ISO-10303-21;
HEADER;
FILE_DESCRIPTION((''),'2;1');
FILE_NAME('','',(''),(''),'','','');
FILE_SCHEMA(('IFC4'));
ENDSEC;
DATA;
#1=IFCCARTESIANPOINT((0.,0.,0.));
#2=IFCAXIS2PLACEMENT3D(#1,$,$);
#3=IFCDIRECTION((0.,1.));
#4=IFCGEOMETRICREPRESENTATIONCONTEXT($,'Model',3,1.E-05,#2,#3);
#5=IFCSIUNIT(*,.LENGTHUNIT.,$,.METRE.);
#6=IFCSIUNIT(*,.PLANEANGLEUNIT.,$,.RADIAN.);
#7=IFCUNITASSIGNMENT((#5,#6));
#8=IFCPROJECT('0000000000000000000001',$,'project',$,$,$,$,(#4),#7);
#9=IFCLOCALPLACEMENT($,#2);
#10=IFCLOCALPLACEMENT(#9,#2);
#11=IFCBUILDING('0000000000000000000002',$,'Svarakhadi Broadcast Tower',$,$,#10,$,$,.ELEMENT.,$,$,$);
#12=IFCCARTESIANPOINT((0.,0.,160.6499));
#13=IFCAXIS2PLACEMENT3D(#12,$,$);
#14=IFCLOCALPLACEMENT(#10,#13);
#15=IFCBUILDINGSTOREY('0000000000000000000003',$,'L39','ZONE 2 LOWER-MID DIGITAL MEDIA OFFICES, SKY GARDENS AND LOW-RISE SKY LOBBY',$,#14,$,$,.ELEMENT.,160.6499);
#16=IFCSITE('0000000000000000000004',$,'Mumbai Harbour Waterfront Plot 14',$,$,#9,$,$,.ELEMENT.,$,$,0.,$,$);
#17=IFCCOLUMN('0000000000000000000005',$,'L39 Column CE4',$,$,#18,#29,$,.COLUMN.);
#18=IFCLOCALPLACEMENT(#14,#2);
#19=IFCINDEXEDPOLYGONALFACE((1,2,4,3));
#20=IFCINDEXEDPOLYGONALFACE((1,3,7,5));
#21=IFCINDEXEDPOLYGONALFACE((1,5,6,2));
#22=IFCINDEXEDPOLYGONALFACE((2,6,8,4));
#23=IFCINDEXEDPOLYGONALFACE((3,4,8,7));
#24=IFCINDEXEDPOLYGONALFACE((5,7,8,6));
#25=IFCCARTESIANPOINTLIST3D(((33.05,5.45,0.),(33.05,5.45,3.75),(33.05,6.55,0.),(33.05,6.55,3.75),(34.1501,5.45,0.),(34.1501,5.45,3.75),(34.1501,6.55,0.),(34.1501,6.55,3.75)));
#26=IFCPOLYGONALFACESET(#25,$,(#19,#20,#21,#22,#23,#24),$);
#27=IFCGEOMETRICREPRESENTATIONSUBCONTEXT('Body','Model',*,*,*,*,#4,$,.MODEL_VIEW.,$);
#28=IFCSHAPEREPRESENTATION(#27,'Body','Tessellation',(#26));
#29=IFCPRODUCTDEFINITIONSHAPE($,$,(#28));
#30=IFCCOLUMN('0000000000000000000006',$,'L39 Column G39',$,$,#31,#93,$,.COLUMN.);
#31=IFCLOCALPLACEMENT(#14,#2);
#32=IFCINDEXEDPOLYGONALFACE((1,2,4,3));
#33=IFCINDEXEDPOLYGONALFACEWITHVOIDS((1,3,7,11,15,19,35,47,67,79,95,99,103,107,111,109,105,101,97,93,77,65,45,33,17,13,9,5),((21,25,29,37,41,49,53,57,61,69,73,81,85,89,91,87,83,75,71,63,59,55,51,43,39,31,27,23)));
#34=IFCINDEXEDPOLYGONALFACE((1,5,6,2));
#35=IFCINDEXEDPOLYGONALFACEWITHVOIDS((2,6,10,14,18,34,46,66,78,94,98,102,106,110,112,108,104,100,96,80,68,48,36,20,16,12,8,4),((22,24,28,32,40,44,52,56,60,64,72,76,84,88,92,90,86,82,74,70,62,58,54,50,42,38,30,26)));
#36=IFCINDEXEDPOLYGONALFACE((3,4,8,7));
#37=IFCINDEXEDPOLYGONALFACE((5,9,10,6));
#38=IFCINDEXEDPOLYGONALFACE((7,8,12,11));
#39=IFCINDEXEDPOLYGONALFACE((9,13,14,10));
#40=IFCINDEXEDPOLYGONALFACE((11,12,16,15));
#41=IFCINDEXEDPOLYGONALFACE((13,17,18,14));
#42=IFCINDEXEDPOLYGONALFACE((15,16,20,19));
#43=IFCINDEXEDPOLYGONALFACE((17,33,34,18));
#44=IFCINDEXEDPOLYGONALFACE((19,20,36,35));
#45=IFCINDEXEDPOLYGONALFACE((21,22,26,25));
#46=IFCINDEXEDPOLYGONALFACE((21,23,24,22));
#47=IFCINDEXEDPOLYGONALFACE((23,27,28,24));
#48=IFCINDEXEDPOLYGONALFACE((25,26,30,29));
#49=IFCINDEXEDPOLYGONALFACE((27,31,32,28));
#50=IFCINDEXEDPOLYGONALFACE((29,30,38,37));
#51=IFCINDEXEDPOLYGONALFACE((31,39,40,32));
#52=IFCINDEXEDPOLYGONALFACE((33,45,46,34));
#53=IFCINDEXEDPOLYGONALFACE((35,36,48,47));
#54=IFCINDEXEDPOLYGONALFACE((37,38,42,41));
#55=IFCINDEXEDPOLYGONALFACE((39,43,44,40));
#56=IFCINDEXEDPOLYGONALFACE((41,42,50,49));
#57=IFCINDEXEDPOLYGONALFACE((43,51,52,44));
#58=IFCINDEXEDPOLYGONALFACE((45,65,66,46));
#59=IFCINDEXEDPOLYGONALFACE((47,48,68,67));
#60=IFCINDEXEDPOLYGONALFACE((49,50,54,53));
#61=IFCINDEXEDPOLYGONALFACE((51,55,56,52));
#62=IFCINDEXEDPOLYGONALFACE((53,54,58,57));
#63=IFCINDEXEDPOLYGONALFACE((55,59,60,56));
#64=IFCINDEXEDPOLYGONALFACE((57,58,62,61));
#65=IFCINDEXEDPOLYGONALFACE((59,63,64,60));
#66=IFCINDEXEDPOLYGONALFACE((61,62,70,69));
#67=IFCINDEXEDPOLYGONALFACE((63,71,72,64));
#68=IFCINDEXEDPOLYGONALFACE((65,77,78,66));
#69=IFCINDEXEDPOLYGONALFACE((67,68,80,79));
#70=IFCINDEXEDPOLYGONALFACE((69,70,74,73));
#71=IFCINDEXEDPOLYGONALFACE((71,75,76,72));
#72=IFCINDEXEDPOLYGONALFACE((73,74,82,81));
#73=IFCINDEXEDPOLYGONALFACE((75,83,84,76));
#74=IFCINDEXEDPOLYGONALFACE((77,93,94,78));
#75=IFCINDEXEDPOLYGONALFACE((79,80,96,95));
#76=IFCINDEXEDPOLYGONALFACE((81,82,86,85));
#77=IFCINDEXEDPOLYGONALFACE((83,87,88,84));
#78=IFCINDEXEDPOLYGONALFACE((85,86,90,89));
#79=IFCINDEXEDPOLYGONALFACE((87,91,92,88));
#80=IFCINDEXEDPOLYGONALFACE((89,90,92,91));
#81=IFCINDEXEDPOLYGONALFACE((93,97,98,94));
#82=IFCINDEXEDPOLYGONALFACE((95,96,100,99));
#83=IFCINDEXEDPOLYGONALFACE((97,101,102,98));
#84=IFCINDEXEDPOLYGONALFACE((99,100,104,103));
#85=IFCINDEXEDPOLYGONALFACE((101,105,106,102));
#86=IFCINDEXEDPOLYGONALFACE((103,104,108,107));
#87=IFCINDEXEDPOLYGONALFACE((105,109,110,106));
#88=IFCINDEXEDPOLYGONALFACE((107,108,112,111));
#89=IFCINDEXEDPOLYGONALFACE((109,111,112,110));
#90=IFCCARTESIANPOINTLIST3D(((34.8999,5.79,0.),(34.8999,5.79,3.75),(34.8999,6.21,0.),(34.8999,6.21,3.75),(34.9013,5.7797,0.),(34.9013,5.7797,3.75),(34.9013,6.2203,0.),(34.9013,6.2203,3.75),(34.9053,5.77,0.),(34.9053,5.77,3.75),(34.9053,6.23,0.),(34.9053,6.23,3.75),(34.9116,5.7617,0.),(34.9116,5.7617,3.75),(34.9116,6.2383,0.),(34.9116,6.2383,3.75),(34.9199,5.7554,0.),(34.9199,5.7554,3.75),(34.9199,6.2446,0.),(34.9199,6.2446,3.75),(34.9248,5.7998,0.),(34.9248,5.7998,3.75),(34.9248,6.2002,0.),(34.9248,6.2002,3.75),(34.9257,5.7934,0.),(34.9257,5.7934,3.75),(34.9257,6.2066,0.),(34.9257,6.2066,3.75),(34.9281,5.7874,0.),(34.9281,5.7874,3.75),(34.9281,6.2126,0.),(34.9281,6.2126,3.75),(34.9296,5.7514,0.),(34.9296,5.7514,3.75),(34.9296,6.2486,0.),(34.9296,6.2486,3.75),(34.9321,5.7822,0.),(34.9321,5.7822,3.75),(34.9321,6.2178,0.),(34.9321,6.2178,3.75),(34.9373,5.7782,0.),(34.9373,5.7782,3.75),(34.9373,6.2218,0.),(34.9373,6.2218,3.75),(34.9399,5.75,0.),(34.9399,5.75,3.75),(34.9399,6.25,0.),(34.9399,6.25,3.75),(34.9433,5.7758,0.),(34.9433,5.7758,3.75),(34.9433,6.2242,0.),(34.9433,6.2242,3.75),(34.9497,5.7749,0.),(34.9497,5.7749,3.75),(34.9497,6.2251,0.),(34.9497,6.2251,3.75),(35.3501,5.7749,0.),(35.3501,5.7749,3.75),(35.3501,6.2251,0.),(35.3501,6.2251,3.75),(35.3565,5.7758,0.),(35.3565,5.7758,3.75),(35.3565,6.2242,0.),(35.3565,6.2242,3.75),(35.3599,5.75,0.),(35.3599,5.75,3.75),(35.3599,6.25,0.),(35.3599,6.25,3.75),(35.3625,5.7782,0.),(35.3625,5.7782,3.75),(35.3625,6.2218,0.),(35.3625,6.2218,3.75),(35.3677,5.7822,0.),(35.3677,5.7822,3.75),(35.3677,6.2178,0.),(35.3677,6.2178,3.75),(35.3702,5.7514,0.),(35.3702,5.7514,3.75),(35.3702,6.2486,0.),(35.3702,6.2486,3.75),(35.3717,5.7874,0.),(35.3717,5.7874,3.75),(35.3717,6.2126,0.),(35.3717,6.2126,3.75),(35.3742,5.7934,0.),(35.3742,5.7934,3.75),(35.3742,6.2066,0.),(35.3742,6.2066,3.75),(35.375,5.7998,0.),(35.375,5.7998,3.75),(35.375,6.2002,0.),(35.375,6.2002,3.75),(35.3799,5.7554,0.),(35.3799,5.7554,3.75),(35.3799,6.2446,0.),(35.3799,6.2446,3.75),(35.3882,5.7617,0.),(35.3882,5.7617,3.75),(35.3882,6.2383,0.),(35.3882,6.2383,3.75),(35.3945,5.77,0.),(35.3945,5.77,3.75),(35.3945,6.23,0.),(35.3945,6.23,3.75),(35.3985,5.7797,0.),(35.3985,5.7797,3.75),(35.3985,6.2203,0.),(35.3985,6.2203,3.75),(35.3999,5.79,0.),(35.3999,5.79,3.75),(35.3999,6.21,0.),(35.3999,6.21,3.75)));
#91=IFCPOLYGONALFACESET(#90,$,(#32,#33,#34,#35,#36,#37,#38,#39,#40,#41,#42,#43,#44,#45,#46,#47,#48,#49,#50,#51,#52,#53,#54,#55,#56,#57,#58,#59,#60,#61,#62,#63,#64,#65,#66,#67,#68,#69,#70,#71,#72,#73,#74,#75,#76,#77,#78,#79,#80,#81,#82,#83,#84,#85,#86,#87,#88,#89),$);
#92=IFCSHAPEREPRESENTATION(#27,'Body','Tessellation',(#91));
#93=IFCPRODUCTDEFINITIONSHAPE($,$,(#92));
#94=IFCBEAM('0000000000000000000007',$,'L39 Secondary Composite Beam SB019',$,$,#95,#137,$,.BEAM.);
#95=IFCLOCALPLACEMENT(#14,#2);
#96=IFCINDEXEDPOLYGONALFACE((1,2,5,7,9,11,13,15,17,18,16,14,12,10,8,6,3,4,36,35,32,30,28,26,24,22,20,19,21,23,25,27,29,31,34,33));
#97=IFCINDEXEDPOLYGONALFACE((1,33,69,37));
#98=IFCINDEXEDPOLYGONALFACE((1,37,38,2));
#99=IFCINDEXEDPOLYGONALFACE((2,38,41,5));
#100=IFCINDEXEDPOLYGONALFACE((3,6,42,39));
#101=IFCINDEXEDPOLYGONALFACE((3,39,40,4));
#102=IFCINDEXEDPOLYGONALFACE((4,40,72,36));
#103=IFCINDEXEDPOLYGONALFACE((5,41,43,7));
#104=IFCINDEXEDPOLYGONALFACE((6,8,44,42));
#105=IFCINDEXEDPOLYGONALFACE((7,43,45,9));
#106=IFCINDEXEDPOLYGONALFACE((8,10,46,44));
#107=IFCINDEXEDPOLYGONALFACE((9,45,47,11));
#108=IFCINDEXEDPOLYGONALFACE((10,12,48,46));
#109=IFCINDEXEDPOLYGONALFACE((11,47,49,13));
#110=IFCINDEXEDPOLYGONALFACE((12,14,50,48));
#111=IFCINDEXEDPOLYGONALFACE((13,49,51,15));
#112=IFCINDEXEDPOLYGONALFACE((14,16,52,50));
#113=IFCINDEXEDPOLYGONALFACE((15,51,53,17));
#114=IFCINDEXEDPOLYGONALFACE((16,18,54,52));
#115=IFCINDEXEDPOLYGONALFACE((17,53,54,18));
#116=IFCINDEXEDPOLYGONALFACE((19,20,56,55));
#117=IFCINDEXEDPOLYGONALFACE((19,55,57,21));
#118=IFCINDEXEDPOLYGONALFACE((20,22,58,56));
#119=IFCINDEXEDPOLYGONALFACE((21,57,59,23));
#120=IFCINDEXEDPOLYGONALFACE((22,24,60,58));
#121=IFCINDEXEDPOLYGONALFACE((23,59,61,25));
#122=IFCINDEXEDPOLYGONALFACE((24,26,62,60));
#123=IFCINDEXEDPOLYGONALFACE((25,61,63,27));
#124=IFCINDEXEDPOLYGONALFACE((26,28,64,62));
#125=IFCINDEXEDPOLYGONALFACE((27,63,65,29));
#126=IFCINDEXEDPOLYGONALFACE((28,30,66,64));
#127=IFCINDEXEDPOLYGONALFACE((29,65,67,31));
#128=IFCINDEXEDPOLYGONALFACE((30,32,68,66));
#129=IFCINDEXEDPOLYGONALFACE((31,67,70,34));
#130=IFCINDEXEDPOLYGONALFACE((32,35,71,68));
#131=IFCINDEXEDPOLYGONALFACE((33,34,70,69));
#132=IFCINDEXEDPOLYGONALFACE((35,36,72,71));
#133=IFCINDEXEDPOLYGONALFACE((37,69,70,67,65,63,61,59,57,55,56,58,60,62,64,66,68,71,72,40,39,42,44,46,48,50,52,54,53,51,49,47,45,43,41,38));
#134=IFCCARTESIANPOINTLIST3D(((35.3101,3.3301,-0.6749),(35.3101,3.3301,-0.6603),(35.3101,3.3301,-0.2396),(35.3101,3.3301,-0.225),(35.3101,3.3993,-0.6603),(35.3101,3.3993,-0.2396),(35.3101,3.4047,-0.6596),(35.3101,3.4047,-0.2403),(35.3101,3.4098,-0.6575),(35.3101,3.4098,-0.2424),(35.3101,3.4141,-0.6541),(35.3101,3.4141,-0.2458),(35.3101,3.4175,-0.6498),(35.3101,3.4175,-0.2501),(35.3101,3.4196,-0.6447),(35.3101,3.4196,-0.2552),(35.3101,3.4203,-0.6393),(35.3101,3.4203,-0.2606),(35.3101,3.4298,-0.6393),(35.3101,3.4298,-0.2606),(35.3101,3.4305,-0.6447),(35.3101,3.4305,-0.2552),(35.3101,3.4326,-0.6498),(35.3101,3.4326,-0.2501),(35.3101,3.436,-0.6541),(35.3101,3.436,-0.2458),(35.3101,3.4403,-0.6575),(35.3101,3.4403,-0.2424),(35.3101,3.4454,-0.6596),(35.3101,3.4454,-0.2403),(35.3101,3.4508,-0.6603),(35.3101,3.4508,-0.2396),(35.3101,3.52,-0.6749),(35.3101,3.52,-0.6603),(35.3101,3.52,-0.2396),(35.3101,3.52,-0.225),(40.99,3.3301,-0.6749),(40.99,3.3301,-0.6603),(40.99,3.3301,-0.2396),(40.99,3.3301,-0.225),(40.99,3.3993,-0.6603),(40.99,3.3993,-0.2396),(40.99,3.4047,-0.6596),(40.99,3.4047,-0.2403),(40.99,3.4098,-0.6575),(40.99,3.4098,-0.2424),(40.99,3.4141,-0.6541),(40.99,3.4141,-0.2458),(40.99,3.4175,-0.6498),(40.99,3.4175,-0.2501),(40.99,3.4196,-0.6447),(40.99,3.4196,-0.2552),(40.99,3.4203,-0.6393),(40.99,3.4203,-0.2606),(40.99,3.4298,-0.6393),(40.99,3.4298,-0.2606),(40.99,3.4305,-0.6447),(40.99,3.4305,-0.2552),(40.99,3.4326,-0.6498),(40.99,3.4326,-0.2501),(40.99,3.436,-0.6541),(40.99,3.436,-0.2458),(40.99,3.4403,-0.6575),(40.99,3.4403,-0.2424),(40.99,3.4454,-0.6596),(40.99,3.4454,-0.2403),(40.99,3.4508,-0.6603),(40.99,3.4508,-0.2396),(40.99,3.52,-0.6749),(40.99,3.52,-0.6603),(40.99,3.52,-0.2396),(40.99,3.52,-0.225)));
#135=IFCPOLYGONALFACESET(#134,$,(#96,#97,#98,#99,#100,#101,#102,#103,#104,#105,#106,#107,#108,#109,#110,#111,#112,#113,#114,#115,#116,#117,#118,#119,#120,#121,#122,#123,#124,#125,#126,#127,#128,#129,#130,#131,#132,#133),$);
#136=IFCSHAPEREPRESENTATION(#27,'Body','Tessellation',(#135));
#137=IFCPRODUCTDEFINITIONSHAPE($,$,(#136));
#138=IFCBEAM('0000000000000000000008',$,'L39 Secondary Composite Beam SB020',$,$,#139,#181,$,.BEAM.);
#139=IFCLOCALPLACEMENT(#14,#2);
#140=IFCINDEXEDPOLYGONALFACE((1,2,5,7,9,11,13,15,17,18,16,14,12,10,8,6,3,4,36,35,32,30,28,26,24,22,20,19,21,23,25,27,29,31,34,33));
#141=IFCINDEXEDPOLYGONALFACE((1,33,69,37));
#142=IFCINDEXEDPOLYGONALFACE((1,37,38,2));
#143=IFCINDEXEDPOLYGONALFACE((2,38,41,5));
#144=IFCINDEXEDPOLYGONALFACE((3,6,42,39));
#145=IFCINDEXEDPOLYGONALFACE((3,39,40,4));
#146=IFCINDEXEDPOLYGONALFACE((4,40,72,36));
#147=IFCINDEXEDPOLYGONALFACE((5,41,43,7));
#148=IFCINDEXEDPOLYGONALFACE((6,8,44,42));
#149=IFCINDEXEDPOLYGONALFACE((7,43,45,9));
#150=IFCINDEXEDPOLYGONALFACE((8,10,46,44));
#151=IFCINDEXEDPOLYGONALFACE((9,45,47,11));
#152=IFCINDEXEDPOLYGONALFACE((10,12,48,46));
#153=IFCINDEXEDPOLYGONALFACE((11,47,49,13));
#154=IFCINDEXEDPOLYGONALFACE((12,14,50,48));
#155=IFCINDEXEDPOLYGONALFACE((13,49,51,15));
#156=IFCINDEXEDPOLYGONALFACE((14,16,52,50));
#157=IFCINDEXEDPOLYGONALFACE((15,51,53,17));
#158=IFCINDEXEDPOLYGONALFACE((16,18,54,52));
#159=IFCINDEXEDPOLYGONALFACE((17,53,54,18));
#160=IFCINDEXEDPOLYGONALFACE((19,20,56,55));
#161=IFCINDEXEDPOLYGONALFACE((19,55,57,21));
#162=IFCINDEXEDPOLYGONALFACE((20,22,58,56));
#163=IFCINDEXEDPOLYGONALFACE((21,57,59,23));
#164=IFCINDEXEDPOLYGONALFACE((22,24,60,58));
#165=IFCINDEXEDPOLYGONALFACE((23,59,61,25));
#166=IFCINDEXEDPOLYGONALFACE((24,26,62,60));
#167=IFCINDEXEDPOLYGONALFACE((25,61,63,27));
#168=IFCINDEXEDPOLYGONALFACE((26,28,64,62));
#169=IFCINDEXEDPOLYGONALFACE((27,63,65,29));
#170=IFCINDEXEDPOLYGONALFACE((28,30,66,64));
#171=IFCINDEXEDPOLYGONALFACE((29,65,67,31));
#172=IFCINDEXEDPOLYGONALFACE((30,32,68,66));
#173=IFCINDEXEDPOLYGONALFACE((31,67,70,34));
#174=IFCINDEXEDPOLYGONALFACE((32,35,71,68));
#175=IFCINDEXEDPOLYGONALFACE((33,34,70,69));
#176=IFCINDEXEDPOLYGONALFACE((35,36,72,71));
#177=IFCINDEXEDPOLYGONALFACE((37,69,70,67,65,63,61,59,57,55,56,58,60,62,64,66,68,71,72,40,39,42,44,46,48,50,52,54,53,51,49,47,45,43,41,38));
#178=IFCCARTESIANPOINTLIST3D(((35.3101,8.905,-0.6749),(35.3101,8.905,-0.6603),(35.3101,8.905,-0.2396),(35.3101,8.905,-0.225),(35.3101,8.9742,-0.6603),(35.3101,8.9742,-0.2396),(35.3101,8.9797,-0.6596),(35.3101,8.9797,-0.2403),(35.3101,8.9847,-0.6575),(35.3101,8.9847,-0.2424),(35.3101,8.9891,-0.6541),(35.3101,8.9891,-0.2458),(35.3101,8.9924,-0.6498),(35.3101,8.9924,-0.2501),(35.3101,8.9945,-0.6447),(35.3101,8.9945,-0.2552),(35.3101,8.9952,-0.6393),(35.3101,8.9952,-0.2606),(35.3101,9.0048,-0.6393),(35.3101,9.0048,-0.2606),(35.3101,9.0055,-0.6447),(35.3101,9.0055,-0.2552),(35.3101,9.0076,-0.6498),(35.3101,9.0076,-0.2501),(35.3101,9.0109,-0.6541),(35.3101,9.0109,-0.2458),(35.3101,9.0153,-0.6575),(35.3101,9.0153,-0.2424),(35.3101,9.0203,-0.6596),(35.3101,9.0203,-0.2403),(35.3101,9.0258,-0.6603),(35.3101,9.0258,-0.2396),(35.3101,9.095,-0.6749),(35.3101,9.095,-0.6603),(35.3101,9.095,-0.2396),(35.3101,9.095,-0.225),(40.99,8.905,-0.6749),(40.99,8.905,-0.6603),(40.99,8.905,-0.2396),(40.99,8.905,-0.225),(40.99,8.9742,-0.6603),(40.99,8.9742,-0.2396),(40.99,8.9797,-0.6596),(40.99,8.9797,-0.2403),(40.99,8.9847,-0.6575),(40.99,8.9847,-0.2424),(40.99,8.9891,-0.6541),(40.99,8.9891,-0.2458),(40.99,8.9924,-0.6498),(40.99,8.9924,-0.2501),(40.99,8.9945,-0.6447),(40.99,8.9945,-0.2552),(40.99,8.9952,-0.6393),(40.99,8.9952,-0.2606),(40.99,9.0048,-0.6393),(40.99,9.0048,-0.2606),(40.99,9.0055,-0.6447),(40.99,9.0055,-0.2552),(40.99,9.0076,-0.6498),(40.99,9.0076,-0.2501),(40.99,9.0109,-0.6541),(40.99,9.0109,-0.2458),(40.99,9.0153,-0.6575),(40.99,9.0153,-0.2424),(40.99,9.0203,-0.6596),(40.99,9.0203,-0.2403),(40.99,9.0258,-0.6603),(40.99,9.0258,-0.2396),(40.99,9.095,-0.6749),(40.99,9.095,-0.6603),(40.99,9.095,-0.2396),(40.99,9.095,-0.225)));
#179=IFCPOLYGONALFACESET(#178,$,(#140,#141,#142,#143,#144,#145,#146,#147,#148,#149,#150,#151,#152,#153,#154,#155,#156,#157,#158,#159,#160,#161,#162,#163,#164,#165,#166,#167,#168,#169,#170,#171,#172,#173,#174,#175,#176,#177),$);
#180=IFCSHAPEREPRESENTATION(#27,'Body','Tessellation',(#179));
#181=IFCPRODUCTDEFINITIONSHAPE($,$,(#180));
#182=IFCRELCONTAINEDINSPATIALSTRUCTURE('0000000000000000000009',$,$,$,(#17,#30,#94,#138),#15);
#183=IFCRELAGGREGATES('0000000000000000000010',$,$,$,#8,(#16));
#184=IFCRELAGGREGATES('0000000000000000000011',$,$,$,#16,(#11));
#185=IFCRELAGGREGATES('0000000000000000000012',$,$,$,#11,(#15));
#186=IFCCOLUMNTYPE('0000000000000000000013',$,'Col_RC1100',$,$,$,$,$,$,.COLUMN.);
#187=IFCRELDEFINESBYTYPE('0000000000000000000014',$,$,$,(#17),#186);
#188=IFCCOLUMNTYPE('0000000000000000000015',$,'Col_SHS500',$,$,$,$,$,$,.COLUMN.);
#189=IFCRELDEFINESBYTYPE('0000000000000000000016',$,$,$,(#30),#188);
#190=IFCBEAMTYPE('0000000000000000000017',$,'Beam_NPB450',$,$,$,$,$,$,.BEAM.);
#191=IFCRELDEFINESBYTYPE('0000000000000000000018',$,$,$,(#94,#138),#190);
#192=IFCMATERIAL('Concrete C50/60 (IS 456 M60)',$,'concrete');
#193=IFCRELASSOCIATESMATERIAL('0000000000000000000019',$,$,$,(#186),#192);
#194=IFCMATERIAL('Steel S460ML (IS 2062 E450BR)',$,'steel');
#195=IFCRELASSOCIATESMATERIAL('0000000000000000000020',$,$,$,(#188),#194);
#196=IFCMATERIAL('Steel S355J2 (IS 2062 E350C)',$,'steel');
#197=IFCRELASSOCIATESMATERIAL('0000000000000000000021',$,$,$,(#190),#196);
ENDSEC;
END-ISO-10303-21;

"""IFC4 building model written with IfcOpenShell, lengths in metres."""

from ifc_helpers import new_model, si_unit, direction, frame, origin, origin_2d, place, context, subcontext, project, spatial, rectangle, hollow_rectangle, i_section, extrude, material, material_profile, profile_set, type_object, element, save


model = new_model("IFC4")

# Units and contexts
model_context = context("Model", 3, precision=1e-05, world=origin(), true_north=direction((0.0, 1.0)))
body_context = subcontext(model_context, "Body", "Model", "MODEL_VIEW")
ifc_project = project(units=[si_unit("LENGTHUNIT", "METRE"), si_unit("PLANEANGLEUNIT", "RADIAN")], contexts=[model_context])

# Site, building, storey
site_placement = place(None, origin())
site = spatial("IfcSite", under=ifc_project, at=site_placement, Name="Mumbai Harbour Waterfront Plot 14", CompositionType="ELEMENT", RefElevation=0.0)
building_placement = place(site_placement, origin())
building = spatial("IfcBuilding", under=site, at=building_placement, Name="Svarakhadi Broadcast Tower", CompositionType="ELEMENT")
storey_placement = place(building_placement, frame((0.0, 0.0, 160.6499)))
storey = spatial("IfcBuildingStorey", under=building, at=storey_placement, Name="L39", Description="ZONE 2 LOWER-MID DIGITAL MEDIA OFFICES, SKY GARDENS AND LOW-RISE SKY LOBBY", CompositionType="ELEMENT", Elevation=160.6499)

# Columns
ifc_material_1 = material(Name="Concrete C50/60 (IS 456 M60)", Category="concrete")
ifc_material_profile_1 = material_profile(ifc_material_1, rectangle(XDim=1.1001, YDim=1.1001, at=origin_2d()), Name="RC 1100x1100")
ifc_profile_set_1 = profile_set([ifc_material_profile_1], Name="Concrete C50/60 (IS 456 M60)")
column_type_1 = type_object("IfcColumnType", Name="Col_RC1100", PredefinedType="COLUMN", material=ifc_profile_set_1)
column_1_placement = place(storey_placement, frame((33.6001, 6.0, 0.0), z_axis=(0.0, 0.0, 1.0), x_axis=(1.0, 0.0, 0.0)))
element("IfcColumn", 1, at=column_1_placement, inside=storey, type_object=column_type_1, Name="L39 Column CE4", PredefinedType="COLUMN", context=body_context, shape_type="SweptSolid", body=[
    extrude(rectangle(XDim=1.1001, YDim=1.1001, at=origin_2d()), origin(), (0.0, 0.0, 1.0), 3.75),
])
ifc_material_2 = material(Name="Steel S460ML (IS 2062 E450BR)", Category="steel")
ifc_material_profile_2 = material_profile(ifc_material_2, hollow_rectangle(XDim=0.5, YDim=0.5, WallThickness=0.0249, InnerFilletRadius=0.0249, OuterFilletRadius=0.04, at=origin_2d()), Name="SHS 500x500x25")
ifc_profile_set_2 = profile_set([ifc_material_profile_2], Name="Steel S460ML (IS 2062 E450BR)")
column_type_2 = type_object("IfcColumnType", Name="Col_SHS500", PredefinedType="COLUMN", material=ifc_profile_set_2)
column_2_placement = place(storey_placement, frame((35.1499, 6.0, 0.0), z_axis=(0.0, 0.0, 1.0), x_axis=(1.0, 0.0, 0.0)))
element("IfcColumn", 2, at=column_2_placement, inside=storey, type_object=column_type_2, Name="L39 Column G39", PredefinedType="COLUMN", context=body_context, shape_type="SweptSolid", body=[
    extrude(hollow_rectangle(XDim=0.5, YDim=0.5, WallThickness=0.0249, InnerFilletRadius=0.0249, OuterFilletRadius=0.04, at=origin_2d()), origin(), (0.0, 0.0, 1.0), 3.75),
])

# Beams
ifc_material_3 = material(Name="Steel S355J2 (IS 2062 E350C)", Category="steel")
ifc_material_profile_3 = material_profile(ifc_material_3, i_section(OverallWidth=0.1899, OverallDepth=0.45, WebThickness=0.0095, FlangeThickness=0.0146, FilletRadius=0.021, at=origin_2d()), Name="NPB 450x190x78")
ifc_profile_set_3 = profile_set([ifc_material_profile_3], Name="Steel S355J2 (IS 2062 E350C)")
beam_type_1 = type_object("IfcBeamType", Name="Beam_NPB450", PredefinedType="BEAM", material=ifc_profile_set_3)
for number, where, z_axis, x_axis, name in (
    (3, (35.3101, 3.425, -0.45), (1.0, 0.0, 0.0), (0.0, 1.0, 0.0), "L39 Secondary Composite Beam SB019"),
    (4, (35.3101, 9.0, -0.45), (1.0, 0.0, 0.0), (0.0, 1.0, 0.0), "L39 Secondary Composite Beam SB020"),
):
    element("IfcBeam", number, at=place(storey_placement, frame(where, z_axis=z_axis, x_axis=x_axis)), inside=storey, type_object=beam_type_1, Name=name, PredefinedType="BEAM", context=body_context, shape_type="SweptSolid", body=[
        extrude(i_section(OverallWidth=0.1899, OverallDepth=0.45, WebThickness=0.0095, FlangeThickness=0.0146, FilletRadius=0.021, at=origin_2d()), origin(), (0.0, 0.0, 1.0), 5.6799),
    ])

save(model, "model.ifc")
